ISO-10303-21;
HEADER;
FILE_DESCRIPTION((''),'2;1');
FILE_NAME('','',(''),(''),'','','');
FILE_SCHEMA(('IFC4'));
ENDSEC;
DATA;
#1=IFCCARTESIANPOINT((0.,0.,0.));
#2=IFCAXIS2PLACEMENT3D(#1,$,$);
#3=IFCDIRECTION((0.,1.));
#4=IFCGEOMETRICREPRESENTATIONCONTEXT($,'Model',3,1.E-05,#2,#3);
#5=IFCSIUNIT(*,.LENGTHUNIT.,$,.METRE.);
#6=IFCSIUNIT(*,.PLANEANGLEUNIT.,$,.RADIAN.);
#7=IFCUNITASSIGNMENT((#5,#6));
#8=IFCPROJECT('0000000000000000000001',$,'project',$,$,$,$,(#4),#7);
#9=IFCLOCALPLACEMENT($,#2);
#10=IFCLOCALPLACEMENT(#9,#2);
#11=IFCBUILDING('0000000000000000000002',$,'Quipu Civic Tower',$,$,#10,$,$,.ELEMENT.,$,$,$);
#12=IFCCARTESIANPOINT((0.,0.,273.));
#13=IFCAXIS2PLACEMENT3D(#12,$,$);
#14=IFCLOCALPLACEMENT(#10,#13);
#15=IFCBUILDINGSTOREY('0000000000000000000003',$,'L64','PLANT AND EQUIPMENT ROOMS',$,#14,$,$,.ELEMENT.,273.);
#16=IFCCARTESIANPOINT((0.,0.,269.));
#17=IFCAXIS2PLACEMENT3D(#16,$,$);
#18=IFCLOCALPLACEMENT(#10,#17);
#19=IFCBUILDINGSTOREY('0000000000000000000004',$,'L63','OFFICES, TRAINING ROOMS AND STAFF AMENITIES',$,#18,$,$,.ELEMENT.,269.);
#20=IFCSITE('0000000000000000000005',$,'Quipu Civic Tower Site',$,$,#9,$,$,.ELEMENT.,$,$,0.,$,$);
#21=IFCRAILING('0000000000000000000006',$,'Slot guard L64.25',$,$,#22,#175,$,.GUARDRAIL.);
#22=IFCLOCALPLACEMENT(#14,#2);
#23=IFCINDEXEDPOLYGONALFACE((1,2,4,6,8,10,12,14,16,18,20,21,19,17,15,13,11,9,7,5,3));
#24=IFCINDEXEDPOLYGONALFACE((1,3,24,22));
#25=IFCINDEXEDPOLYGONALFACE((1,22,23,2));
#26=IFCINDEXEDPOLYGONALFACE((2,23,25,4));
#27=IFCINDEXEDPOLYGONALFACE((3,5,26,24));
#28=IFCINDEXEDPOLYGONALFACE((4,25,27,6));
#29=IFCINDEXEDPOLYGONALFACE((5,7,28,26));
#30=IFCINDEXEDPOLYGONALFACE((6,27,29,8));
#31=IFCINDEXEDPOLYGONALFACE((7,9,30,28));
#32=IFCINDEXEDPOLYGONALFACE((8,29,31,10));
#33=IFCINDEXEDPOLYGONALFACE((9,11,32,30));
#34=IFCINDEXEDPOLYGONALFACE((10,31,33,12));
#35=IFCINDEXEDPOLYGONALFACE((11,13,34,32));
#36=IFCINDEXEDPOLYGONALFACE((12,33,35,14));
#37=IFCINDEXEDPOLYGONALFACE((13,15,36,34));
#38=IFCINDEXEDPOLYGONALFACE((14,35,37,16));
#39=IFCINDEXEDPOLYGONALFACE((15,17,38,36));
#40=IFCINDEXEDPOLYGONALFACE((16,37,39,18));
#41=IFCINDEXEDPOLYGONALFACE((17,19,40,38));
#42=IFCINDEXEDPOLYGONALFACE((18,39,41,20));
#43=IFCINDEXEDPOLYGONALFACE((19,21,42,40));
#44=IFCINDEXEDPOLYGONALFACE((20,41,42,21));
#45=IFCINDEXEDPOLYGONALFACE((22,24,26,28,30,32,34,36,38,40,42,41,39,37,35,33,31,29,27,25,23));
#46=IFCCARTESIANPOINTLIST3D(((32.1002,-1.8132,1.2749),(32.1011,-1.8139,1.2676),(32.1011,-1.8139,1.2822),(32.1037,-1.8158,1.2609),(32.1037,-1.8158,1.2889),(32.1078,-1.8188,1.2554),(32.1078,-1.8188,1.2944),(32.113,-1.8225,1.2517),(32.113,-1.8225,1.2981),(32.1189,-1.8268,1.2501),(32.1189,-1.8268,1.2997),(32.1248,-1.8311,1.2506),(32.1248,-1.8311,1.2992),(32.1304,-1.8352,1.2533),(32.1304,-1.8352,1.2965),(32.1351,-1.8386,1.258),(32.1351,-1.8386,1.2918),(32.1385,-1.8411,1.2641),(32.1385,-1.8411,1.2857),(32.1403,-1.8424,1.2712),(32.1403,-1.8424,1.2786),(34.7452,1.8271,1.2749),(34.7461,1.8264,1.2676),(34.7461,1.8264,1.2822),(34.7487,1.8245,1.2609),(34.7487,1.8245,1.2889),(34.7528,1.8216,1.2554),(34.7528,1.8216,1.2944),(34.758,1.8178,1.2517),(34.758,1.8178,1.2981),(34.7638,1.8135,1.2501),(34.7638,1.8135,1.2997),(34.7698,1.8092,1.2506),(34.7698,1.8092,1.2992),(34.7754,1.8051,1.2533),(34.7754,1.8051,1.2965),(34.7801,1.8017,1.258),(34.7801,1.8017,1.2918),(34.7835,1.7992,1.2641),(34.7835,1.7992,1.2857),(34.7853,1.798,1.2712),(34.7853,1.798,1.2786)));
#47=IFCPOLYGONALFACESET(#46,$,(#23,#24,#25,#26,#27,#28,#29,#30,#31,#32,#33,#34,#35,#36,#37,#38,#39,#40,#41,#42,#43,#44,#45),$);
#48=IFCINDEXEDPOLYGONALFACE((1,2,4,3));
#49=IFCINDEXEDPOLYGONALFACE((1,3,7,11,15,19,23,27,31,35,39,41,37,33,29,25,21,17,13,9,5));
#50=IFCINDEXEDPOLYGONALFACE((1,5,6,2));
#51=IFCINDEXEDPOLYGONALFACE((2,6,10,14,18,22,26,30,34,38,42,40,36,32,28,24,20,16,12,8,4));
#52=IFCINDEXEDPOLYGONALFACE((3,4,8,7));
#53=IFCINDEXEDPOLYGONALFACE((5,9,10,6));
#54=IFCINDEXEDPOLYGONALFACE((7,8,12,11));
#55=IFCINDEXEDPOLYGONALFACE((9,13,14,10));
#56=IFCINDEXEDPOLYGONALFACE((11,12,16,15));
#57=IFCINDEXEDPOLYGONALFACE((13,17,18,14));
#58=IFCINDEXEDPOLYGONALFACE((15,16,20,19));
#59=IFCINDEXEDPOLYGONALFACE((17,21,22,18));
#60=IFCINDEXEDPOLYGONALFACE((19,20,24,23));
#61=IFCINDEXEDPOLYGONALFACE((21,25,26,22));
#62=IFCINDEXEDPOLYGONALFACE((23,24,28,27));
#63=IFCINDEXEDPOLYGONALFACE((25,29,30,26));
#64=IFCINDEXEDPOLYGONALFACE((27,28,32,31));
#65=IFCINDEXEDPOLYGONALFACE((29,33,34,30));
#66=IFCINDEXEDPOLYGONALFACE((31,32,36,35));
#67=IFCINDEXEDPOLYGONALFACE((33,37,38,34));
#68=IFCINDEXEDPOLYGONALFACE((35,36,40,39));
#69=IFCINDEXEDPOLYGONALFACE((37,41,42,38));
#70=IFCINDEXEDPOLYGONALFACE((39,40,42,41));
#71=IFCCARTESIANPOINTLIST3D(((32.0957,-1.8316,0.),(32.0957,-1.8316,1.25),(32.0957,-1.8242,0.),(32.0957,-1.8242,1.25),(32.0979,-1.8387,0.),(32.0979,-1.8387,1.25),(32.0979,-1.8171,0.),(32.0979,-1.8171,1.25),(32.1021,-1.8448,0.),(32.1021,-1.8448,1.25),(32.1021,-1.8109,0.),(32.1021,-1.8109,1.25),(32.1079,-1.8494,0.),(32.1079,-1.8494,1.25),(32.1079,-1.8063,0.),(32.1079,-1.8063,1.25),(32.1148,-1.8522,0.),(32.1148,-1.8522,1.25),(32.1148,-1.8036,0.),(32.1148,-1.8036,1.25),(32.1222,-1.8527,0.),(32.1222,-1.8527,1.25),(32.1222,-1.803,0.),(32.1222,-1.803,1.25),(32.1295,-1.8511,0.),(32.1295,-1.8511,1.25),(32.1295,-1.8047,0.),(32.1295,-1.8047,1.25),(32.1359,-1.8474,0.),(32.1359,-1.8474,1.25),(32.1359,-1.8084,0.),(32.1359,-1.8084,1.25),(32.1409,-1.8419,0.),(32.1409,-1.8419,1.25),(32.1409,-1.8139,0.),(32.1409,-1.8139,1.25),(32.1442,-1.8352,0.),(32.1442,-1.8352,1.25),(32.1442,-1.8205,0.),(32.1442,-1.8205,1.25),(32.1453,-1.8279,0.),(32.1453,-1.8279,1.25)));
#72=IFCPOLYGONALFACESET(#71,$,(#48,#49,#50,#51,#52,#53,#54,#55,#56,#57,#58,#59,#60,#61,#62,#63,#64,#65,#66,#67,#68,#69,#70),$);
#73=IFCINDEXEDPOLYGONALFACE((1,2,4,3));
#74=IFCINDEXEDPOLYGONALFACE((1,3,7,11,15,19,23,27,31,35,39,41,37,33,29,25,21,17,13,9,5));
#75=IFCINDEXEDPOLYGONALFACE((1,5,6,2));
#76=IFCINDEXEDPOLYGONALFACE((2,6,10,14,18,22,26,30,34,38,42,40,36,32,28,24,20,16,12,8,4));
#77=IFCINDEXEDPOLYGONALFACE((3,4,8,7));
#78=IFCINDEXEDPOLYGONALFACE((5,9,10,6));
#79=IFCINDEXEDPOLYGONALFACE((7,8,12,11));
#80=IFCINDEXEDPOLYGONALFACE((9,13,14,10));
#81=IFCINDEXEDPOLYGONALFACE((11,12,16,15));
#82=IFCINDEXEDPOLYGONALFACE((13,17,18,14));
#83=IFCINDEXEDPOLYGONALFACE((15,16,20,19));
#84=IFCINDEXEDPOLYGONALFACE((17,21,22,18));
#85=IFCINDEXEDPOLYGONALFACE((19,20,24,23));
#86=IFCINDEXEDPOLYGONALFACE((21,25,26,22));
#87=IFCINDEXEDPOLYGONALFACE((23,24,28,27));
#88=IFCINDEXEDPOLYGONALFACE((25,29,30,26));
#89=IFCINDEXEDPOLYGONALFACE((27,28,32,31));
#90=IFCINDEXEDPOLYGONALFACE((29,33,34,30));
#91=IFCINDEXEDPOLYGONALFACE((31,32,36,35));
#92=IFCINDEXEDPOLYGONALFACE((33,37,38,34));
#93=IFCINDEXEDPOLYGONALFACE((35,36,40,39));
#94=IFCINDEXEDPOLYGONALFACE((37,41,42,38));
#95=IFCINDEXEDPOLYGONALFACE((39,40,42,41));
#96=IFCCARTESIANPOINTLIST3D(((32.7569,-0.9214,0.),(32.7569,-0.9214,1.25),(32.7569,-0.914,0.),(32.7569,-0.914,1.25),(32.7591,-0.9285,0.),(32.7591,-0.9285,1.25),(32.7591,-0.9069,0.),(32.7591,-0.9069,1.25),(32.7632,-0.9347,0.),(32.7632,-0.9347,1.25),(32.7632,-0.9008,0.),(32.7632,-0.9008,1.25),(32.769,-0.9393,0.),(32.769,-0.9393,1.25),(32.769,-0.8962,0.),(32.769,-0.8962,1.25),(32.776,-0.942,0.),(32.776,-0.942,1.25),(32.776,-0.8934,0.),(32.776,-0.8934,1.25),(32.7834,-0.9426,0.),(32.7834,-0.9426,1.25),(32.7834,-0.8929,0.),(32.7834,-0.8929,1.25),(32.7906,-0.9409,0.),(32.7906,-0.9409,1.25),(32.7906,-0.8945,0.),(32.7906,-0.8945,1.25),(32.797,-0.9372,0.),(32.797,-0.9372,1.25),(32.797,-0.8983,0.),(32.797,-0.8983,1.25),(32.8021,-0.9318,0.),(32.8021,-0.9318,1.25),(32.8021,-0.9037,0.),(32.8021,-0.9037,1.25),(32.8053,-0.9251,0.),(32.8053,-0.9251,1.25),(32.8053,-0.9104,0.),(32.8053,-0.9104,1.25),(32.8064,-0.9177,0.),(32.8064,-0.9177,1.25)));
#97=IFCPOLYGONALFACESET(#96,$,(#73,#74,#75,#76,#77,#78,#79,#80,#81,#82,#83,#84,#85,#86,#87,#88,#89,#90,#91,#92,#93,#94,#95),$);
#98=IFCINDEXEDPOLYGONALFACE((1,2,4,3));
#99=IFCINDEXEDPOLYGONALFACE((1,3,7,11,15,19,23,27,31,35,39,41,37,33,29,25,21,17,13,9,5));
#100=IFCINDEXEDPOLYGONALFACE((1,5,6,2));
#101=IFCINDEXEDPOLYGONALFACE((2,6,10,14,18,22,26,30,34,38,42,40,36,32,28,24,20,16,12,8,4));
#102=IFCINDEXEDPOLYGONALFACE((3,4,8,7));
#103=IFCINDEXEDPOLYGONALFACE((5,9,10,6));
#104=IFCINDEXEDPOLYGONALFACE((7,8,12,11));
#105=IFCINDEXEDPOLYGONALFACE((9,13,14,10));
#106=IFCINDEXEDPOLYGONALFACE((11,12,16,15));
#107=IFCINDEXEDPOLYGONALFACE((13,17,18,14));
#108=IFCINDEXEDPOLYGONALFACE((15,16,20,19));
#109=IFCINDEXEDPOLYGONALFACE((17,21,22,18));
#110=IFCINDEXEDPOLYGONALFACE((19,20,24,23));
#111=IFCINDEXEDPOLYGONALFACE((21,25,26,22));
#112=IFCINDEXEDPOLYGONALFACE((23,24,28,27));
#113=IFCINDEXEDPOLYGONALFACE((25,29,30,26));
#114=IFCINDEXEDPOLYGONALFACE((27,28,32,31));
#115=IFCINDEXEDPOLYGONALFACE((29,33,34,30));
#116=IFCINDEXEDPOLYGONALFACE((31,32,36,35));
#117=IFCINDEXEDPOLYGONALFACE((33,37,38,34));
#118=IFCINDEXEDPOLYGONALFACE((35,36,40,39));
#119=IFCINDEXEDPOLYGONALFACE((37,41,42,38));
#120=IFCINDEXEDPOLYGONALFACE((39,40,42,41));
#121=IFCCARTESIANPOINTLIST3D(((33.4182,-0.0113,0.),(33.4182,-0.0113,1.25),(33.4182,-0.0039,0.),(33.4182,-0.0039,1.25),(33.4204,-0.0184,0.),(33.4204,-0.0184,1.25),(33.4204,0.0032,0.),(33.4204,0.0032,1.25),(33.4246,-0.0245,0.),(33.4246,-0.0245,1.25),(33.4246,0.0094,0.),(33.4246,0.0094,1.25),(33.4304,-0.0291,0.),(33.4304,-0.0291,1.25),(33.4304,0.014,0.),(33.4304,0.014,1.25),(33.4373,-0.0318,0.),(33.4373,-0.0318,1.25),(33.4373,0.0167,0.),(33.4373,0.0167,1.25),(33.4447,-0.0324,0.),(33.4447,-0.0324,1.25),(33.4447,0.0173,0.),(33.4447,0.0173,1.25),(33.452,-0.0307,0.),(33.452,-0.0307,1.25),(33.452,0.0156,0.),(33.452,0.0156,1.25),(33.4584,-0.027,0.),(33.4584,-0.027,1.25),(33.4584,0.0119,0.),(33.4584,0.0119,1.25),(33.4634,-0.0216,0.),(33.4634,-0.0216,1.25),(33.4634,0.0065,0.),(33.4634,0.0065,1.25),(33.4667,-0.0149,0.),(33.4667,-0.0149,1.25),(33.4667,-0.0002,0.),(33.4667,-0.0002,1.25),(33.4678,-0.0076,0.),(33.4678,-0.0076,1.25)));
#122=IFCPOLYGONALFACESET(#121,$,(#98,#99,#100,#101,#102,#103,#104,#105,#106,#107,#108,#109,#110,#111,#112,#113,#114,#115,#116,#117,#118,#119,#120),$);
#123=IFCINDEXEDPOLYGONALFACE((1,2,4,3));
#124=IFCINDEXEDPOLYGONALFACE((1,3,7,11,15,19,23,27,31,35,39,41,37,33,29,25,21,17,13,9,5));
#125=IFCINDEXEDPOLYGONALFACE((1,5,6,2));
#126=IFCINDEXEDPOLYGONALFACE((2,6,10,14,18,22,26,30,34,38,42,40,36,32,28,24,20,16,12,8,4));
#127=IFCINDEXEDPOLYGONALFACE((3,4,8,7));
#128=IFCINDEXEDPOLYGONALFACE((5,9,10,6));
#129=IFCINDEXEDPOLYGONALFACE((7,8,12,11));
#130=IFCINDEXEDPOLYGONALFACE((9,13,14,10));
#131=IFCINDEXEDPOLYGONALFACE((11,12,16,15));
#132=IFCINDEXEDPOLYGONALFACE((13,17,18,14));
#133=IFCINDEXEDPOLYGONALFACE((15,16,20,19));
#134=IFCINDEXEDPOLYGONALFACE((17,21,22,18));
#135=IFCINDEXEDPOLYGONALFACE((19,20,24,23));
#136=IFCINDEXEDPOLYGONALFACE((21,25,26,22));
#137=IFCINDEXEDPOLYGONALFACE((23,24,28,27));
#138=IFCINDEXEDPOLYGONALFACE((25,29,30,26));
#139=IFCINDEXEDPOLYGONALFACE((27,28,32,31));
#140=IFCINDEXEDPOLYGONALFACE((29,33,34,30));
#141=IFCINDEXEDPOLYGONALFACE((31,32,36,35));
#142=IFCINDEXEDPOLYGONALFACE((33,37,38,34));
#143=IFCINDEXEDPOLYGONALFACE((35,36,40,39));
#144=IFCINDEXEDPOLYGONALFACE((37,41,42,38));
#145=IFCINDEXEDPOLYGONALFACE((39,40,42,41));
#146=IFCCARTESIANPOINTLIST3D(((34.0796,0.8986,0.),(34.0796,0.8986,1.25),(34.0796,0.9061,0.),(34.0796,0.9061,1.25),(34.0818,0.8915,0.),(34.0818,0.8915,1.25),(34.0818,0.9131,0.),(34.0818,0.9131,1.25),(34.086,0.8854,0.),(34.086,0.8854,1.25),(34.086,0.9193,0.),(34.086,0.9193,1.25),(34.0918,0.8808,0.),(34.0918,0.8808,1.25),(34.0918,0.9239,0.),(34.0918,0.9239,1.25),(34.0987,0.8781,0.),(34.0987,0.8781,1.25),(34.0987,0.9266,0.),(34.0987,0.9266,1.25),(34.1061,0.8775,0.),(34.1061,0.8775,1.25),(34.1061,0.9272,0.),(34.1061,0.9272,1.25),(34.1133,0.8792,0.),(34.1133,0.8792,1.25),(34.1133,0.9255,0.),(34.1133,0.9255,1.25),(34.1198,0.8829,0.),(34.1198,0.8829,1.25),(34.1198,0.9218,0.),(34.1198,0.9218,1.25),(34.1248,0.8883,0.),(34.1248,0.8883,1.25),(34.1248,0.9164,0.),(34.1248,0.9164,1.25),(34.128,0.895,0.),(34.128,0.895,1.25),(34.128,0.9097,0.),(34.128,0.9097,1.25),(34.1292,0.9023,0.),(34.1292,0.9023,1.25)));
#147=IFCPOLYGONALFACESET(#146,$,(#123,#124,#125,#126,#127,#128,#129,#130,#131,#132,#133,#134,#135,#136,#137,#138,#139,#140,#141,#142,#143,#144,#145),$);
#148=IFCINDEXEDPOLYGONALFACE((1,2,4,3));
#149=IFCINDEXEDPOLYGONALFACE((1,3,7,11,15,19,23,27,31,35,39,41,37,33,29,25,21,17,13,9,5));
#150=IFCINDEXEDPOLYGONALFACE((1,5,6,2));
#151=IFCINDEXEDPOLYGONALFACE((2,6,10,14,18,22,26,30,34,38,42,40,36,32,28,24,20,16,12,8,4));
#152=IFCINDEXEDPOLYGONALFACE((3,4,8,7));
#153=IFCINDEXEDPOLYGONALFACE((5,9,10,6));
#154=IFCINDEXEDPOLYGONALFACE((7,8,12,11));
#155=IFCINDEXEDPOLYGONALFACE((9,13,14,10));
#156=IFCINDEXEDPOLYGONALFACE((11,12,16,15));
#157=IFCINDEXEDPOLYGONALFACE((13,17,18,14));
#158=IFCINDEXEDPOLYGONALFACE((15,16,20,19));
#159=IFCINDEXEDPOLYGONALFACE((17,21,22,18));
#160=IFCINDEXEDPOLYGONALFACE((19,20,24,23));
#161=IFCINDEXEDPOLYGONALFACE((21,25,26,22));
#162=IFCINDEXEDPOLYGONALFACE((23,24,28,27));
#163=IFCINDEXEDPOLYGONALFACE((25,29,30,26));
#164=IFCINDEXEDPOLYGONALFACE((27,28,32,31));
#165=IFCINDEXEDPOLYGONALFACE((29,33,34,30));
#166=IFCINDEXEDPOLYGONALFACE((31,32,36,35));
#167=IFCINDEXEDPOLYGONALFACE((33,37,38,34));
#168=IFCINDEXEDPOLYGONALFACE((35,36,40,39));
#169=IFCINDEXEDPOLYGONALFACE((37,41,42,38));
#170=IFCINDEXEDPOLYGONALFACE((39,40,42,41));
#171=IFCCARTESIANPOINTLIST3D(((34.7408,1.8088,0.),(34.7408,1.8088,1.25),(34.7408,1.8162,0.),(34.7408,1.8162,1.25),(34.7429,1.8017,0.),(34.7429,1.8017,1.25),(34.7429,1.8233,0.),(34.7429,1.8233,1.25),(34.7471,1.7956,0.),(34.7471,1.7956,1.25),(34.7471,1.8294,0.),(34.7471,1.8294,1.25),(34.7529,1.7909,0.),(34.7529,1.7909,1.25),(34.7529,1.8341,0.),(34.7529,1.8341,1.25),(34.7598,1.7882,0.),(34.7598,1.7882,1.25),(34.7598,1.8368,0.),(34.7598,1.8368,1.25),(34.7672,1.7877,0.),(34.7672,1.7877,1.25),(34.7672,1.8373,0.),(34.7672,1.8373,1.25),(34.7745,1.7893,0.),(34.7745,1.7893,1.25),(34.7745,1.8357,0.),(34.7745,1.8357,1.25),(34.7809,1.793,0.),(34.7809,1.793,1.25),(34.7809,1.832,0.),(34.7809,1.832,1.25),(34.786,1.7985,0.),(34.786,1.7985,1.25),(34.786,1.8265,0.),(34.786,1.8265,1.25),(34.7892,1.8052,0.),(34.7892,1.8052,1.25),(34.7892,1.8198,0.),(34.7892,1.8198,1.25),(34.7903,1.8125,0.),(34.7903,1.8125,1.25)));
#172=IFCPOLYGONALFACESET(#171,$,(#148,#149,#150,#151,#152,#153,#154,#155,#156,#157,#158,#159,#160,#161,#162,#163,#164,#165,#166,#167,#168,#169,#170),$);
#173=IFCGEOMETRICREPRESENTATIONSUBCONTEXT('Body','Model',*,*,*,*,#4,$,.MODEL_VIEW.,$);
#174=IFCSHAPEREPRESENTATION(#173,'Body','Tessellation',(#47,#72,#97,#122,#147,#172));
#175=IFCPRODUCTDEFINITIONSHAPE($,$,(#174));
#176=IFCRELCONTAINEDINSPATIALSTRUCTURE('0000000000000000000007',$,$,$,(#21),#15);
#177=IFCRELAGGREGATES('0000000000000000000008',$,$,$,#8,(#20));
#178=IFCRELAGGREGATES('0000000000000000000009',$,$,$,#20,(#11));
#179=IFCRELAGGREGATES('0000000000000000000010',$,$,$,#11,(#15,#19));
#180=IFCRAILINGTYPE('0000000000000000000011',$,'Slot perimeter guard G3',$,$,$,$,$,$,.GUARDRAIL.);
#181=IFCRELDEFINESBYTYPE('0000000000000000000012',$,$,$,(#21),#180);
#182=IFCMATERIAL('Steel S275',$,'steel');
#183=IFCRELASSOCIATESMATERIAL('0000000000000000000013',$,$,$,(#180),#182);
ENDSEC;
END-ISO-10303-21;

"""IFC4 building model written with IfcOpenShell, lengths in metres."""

from ifc_helpers import new_model, si_unit, direction, frame, origin, origin_2d, place, context, subcontext, project, spatial, circle, extrude, material, type_object, element, save


model = new_model("IFC4")

# Units and contexts
model_context = context("Model", 3, precision=1e-05, world=origin(), true_north=direction((0.0, 1.0)))
body_context = subcontext(model_context, "Body", "Model", "MODEL_VIEW")
ifc_project = project(units=[si_unit("LENGTHUNIT", "METRE"), si_unit("PLANEANGLEUNIT", "RADIAN")], contexts=[model_context])

# Site, building, storey
site_placement = place(None, origin())
site = spatial("IfcSite", under=ifc_project, at=site_placement, Name="Quipu Civic Tower Site", CompositionType="ELEMENT", RefElevation=0.0)
building_placement = place(site_placement, origin())
building = spatial("IfcBuilding", under=site, at=building_placement, Name="Quipu Civic Tower", CompositionType="ELEMENT")
storey_1_placement = place(building_placement, frame((0.0, 0.0, 273.0)))
storey_1 = spatial("IfcBuildingStorey", under=building, at=storey_1_placement, Name="L64", Description="PLANT AND EQUIPMENT ROOMS", CompositionType="ELEMENT", Elevation=273.0)

# Shared definitions
storey_2_placement = place(building_placement, frame((0.0, 0.0, 269.0)))
storey_2 = spatial("IfcBuildingStorey", under=building, at=storey_2_placement, Name="L63", Description="OFFICES, TRAINING ROOMS AND STAFF AMENITIES", CompositionType="ELEMENT", Elevation=269.0)

# Railing
ifc_material_1 = material(Name="Steel S275", Category="steel")
railing_type = type_object("IfcRailingType", Name="Slot perimeter guard G3", PredefinedType="GUARDRAIL", material=ifc_material_1)
railing_1_placement = place(storey_1_placement, frame((32.1204, -1.8279, 0.0)))
element("IfcRailing", 1, at=railing_1_placement, inside=storey_1, type_object=railing_type, Name="Slot guard L64.25", PredefinedType="GUARDRAIL", context=body_context, shape_type="SweptSolid", body=[
    extrude(circle(Radius=0.0249, at=origin_2d()), frame((0.0, 0.0, 1.2749), z_axis=(0.587804, 0.809003, 0.0), x_axis=(-0.809003, 0.587804, 0.0)), (0.0, 0.0, 1.0), 4.4998),
    extrude(circle(Radius=0.0249, at=origin_2d()), origin(), (0.0, 0.0, 1.0), 1.25),
    extrude(circle(Radius=0.0249, at=origin_2d()), frame((0.6611, 0.9102, 0.0)), (0.0, 0.0, 1.0), 1.25),
    extrude(circle(Radius=0.0249, at=origin_2d()), frame((1.3225, 1.8203, 0.0)), (0.0, 0.0, 1.0), 1.25),
    extrude(circle(Radius=0.0249, at=origin_2d()), frame((1.9839, 2.7302, 0.0)), (0.0, 0.0, 1.0), 1.25),
    extrude(circle(Radius=0.0249, at=origin_2d()), frame((2.645, 3.6404, 0.0)), (0.0, 0.0, 1.0), 1.25),
])

save(model, "model.ifc")
